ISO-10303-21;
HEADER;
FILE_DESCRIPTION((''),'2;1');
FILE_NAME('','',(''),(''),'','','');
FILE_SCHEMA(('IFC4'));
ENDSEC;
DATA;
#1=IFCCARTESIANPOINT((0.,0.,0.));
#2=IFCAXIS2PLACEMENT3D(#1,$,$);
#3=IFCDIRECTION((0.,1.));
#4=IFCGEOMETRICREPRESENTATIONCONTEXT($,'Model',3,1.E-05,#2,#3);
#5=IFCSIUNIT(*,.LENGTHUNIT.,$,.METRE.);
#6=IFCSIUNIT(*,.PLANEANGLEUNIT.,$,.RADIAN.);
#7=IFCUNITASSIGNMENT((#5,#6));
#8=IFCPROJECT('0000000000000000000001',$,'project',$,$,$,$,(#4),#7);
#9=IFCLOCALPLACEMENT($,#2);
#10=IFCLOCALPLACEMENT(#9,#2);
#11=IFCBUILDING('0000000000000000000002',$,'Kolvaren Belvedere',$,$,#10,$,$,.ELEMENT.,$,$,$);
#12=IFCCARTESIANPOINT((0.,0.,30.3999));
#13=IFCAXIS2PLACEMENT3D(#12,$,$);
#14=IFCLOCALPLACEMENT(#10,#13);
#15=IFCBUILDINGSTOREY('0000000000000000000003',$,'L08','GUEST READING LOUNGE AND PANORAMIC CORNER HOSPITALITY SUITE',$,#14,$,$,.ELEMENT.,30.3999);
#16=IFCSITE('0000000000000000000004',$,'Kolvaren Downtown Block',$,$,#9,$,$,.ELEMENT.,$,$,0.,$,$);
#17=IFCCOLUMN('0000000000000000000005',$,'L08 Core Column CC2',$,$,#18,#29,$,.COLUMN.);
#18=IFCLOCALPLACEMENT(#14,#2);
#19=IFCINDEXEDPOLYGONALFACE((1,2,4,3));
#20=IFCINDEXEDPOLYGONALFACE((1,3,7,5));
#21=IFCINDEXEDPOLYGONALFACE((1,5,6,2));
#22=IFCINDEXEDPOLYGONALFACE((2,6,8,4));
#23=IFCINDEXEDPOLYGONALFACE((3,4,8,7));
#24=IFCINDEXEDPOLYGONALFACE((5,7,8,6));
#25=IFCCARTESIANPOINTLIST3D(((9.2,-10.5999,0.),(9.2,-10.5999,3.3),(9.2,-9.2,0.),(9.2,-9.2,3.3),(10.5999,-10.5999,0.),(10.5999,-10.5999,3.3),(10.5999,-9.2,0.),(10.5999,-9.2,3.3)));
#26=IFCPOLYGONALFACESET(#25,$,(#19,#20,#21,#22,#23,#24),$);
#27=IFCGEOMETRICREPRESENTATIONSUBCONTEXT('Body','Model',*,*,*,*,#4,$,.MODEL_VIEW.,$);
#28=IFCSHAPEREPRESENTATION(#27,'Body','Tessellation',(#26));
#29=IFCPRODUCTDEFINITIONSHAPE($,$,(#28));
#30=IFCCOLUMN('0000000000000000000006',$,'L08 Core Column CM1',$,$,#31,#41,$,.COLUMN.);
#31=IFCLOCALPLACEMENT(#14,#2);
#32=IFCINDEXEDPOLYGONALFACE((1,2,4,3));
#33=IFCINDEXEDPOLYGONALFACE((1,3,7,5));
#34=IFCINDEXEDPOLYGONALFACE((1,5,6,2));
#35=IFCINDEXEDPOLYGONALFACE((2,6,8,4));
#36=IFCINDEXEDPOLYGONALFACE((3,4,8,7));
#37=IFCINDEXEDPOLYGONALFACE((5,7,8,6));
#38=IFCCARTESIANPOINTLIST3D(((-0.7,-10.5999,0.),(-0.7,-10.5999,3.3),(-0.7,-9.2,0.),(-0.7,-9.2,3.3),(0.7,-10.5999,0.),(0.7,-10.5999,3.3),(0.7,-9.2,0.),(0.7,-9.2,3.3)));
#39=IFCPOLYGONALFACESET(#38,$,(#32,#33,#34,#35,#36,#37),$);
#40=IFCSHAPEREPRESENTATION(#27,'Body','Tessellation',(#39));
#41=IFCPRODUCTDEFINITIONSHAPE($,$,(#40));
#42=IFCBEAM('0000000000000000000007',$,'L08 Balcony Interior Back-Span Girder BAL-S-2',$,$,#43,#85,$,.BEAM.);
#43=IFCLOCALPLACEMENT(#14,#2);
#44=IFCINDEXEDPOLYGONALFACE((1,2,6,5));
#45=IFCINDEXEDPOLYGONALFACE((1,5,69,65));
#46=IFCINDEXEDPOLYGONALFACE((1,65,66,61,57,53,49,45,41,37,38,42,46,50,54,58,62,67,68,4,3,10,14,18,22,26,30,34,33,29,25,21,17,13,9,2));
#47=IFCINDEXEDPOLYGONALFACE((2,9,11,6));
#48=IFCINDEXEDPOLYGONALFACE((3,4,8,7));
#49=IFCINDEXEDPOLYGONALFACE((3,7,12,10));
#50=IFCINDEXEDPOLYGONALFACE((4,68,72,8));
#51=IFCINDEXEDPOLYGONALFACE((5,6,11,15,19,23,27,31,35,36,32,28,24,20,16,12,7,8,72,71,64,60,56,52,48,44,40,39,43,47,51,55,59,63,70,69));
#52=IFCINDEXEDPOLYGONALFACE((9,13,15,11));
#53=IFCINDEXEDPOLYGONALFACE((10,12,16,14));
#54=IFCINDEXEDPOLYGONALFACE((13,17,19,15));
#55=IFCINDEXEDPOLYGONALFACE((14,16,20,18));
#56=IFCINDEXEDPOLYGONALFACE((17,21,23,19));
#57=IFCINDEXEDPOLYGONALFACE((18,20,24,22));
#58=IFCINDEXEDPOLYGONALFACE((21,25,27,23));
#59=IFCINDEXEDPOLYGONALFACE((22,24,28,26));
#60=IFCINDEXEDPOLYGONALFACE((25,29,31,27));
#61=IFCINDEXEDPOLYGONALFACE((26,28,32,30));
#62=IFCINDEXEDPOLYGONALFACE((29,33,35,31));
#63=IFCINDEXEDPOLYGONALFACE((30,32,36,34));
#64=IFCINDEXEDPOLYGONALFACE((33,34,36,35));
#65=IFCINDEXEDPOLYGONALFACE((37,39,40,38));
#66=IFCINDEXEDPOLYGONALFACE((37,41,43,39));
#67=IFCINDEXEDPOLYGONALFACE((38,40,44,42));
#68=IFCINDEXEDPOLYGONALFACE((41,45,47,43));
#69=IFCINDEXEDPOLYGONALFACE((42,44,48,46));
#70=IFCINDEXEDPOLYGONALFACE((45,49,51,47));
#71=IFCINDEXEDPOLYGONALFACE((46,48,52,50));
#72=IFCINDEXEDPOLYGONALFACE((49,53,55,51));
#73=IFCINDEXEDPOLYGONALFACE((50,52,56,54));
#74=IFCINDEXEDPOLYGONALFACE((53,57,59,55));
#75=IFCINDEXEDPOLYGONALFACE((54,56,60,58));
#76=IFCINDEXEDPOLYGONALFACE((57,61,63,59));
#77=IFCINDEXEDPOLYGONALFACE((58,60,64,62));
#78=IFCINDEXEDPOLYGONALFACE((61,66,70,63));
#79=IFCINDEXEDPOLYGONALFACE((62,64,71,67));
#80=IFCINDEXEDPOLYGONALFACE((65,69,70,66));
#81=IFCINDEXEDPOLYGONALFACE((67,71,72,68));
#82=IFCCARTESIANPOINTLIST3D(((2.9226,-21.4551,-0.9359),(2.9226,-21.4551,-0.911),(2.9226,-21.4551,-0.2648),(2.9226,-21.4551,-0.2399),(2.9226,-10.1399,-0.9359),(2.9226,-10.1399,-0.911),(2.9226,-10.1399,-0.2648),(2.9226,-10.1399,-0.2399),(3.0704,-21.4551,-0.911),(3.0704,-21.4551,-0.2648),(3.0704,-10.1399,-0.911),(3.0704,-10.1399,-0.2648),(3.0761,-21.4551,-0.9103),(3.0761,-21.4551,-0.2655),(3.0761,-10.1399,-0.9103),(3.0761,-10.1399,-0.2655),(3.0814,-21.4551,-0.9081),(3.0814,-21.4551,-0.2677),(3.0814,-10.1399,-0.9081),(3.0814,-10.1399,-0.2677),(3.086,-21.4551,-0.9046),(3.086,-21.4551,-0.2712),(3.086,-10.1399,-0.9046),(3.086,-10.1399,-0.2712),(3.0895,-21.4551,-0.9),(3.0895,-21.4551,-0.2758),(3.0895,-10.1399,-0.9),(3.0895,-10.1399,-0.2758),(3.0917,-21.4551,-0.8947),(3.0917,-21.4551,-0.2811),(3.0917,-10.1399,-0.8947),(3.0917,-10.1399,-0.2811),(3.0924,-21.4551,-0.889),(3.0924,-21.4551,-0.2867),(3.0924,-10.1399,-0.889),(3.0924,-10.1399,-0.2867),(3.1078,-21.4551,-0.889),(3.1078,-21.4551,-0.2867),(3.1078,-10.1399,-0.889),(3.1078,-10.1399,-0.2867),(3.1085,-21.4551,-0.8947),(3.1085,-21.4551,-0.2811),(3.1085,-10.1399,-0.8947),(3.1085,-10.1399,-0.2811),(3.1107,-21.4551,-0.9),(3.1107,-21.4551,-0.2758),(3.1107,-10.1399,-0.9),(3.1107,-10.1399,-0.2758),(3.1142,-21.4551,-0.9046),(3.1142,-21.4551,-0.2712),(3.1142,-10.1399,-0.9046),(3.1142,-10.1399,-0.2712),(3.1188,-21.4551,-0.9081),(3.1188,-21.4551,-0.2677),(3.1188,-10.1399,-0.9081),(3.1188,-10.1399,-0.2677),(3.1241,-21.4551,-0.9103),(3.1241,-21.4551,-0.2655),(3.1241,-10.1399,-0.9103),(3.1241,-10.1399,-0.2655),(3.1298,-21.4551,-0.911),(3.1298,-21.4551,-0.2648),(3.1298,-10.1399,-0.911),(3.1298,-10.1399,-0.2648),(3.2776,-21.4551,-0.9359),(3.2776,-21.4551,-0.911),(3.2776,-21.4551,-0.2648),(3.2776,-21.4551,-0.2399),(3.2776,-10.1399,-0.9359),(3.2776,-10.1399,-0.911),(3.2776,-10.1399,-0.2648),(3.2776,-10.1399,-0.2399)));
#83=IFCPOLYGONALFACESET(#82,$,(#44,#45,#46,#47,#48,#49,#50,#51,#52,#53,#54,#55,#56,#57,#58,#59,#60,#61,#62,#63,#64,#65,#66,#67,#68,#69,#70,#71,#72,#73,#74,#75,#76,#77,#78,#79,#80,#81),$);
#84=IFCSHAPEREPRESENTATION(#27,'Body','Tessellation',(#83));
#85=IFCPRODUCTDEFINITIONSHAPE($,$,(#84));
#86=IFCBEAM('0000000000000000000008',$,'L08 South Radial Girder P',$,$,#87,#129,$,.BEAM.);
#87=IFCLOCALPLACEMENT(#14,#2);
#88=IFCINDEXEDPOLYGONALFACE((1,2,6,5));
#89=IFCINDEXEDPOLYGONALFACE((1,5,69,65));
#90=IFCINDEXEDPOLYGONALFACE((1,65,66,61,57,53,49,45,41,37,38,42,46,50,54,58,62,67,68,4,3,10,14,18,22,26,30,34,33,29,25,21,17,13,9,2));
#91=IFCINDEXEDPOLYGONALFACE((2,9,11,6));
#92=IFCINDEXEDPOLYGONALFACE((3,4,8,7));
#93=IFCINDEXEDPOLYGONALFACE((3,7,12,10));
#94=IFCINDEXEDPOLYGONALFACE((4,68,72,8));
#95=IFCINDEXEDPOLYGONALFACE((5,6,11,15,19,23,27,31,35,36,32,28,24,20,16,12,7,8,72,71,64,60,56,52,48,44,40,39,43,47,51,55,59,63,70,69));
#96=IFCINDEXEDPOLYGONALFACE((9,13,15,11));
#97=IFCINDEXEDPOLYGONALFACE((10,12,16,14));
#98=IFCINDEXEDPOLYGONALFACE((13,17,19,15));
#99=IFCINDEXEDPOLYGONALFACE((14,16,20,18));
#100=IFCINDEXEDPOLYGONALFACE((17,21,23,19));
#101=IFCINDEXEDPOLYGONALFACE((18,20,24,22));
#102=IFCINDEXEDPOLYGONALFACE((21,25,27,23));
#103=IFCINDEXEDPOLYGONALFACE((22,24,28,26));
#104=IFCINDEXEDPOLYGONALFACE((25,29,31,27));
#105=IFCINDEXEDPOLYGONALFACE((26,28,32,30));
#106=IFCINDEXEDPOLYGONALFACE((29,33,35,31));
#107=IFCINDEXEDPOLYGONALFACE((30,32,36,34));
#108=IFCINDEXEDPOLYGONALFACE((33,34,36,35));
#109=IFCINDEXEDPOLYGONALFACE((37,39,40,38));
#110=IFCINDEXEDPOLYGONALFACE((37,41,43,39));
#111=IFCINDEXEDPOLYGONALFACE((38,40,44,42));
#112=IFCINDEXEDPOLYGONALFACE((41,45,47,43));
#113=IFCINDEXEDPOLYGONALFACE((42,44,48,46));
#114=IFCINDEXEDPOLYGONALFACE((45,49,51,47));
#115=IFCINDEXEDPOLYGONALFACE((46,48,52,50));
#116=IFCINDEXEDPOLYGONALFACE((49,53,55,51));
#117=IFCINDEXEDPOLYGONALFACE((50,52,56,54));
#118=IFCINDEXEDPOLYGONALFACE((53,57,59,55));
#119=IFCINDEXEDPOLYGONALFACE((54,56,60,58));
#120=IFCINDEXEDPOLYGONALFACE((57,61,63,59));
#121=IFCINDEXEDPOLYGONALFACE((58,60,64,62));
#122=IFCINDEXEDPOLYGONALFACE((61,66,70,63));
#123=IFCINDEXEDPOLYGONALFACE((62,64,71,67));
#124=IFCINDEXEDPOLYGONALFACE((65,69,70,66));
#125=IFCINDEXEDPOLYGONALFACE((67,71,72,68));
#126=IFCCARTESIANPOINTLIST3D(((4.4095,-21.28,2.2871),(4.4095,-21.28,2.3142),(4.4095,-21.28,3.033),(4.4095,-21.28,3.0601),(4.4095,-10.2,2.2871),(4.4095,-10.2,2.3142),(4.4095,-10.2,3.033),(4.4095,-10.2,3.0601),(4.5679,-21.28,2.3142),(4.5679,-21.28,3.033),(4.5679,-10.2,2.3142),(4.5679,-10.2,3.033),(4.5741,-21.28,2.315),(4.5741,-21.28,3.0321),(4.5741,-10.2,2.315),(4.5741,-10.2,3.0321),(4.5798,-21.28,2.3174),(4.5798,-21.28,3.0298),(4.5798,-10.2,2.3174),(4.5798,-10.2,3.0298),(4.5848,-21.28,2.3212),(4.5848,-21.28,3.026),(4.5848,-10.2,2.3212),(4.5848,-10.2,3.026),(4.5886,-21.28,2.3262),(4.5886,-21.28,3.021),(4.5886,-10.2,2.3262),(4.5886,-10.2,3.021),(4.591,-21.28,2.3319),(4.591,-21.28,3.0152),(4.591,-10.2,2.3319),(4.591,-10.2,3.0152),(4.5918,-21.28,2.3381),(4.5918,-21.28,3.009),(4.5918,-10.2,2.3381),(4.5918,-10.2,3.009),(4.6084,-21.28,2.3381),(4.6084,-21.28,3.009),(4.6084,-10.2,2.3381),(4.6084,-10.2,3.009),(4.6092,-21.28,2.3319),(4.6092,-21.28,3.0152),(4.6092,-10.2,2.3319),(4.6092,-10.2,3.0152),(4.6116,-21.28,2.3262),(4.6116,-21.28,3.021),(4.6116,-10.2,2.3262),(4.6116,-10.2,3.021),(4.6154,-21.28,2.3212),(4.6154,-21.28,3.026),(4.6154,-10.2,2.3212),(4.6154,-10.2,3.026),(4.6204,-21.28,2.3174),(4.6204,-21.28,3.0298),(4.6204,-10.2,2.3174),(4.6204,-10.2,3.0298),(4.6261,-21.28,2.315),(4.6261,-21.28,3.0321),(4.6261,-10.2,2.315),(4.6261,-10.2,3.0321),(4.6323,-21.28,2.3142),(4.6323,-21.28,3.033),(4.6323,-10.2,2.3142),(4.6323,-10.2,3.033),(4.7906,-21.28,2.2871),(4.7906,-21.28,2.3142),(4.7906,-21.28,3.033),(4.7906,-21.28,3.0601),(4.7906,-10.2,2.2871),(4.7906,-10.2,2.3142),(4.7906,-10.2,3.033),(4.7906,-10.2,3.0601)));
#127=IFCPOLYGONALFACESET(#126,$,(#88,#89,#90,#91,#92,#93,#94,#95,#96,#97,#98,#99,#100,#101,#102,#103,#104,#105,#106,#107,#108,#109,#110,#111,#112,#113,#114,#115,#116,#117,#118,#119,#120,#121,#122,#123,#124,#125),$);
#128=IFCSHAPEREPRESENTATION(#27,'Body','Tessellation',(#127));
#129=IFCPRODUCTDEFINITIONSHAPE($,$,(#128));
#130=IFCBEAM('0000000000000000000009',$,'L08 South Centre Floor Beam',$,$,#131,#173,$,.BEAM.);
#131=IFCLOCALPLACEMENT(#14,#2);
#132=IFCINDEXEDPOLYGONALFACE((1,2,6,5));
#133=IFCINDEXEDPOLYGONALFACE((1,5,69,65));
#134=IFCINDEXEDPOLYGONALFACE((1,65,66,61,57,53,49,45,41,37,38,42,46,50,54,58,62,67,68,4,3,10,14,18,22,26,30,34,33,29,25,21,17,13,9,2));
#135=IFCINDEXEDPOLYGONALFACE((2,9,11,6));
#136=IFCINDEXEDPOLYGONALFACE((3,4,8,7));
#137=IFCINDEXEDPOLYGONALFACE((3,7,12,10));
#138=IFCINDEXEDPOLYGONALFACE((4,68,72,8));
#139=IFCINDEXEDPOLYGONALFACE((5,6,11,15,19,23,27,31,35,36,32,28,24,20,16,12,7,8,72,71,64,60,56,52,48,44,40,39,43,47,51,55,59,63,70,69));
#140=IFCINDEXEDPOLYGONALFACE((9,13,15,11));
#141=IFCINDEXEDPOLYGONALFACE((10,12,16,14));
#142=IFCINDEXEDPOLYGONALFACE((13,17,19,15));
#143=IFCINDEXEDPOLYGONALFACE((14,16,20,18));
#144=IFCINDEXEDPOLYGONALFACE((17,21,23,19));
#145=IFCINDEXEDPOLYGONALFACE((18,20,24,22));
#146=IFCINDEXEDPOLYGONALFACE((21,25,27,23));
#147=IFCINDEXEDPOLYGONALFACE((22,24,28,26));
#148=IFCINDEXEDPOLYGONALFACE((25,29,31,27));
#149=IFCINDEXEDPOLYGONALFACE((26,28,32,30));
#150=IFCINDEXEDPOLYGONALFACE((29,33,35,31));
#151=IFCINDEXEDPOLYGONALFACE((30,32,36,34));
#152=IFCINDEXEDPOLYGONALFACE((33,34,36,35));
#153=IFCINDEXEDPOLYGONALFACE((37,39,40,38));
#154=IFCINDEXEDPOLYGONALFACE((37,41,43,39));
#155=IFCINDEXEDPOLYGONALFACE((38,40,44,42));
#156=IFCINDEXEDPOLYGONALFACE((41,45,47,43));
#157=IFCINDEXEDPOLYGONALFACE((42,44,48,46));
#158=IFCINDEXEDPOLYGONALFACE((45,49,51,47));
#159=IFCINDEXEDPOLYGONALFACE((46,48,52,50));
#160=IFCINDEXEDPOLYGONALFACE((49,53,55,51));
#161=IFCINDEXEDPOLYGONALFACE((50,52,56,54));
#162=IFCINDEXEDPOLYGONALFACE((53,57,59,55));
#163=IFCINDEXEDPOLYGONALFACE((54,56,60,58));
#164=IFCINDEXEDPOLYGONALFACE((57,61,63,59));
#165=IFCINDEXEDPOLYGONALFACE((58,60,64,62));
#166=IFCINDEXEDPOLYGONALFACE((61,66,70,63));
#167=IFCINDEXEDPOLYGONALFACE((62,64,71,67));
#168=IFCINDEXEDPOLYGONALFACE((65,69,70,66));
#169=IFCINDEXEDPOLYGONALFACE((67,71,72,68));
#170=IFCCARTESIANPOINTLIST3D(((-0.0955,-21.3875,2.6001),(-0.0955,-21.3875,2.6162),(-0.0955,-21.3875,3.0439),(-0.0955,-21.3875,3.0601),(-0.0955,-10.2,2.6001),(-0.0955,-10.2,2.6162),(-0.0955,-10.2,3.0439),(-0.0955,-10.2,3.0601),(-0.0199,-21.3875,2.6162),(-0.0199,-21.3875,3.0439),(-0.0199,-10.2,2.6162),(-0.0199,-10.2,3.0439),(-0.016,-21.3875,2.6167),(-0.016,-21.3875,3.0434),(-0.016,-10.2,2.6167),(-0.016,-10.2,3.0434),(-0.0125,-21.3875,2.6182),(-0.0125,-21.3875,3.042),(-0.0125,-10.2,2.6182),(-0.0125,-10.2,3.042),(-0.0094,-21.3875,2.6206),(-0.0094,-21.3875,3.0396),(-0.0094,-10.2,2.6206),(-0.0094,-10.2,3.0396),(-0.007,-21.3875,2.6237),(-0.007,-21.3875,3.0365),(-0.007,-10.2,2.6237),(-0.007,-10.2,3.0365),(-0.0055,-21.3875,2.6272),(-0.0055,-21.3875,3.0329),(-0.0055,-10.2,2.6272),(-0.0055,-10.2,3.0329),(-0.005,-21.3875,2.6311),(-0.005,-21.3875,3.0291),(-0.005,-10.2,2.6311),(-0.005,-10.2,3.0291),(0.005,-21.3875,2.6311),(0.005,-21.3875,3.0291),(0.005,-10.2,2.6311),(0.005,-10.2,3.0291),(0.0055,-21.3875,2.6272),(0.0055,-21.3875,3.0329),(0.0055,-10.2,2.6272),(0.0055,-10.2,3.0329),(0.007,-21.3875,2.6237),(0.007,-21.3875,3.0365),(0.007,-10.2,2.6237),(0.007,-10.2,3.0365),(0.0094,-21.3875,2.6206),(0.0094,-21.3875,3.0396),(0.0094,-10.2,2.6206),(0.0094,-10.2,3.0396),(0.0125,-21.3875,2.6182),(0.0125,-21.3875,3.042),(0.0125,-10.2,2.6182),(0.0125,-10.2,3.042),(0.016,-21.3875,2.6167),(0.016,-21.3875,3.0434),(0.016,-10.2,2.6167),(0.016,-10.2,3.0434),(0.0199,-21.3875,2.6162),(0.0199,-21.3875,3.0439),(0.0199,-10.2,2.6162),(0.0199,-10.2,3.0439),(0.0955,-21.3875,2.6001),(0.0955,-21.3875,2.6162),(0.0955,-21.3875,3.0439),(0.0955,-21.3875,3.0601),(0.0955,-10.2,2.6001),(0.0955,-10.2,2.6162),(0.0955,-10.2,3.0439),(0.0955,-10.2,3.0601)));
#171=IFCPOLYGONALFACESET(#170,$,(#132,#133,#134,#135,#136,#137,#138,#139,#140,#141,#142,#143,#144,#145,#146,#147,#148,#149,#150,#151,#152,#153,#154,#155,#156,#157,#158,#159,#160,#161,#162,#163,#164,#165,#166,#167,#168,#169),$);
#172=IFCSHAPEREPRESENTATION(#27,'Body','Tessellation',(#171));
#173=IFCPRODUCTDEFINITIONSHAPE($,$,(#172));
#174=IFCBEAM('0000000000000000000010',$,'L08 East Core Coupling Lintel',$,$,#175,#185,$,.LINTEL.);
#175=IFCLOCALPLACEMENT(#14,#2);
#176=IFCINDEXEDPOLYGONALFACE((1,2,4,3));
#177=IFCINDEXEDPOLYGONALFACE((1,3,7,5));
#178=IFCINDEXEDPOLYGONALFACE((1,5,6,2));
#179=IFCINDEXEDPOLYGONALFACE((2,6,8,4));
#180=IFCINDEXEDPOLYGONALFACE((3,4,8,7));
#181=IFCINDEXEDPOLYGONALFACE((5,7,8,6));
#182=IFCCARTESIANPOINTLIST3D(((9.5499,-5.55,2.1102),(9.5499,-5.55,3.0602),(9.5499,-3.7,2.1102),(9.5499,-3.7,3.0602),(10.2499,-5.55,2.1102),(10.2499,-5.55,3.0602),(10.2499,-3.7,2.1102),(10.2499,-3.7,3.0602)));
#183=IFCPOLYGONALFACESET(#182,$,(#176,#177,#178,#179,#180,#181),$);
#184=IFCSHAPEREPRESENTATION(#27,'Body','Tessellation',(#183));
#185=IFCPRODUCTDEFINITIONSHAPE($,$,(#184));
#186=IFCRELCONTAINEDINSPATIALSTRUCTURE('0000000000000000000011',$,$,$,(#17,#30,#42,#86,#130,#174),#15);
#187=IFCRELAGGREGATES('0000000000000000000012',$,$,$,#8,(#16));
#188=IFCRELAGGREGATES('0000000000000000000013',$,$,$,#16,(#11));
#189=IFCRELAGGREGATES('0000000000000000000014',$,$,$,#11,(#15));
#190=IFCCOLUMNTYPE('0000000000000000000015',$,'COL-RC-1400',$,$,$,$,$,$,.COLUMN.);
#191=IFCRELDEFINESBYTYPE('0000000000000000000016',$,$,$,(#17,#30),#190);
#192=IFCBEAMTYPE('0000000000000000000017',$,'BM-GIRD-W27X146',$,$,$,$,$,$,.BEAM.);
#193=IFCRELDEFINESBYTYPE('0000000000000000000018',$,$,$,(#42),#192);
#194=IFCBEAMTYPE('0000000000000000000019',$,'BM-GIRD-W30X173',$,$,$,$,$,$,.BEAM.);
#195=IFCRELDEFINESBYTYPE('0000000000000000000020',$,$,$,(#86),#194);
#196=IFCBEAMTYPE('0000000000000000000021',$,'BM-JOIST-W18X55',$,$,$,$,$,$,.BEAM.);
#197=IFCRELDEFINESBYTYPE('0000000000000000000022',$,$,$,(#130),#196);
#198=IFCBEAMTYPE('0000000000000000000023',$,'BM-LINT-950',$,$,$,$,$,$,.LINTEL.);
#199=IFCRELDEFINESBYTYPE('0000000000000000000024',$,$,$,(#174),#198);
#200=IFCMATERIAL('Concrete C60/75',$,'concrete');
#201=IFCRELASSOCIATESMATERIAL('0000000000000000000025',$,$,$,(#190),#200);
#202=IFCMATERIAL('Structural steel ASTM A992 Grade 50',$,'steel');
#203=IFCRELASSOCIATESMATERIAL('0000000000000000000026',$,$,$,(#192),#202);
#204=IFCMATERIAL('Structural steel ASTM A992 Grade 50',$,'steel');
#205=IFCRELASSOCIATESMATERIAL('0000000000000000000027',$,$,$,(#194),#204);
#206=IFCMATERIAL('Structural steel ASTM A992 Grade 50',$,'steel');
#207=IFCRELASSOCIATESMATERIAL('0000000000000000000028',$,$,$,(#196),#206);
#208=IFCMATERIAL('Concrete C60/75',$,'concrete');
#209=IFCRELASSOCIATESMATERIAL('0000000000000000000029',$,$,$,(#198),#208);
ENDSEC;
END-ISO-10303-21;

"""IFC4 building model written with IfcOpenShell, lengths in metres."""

from ifc_helpers import new_model, si_unit, direction, frame, origin, origin_2d, place, context, subcontext, project, spatial, rectangle, i_section, extrude, material, material_profile, profile_set, type_object, element, save


model = new_model("IFC4")

# Units and contexts
model_context = context("Model", 3, precision=1e-05, world=origin(), true_north=direction((0.0, 1.0)))
body_context = subcontext(model_context, "Body", "Model", "MODEL_VIEW")
ifc_project = project(units=[si_unit("LENGTHUNIT", "METRE"), si_unit("PLANEANGLEUNIT", "RADIAN")], contexts=[model_context])

# Site, building, storey
site_placement = place(None, origin())
site = spatial("IfcSite", under=ifc_project, at=site_placement, Name="Kolvaren Downtown Block", CompositionType="ELEMENT", RefElevation=0.0)
building_placement = place(site_placement, origin())
building = spatial("IfcBuilding", under=site, at=building_placement, Name="Kolvaren Belvedere", CompositionType="ELEMENT")
storey_placement = place(building_placement, frame((0.0, 0.0, 30.3999)))
storey = spatial("IfcBuildingStorey", under=building, at=storey_placement, Name="L08", Description="GUEST READING LOUNGE AND PANORAMIC CORNER HOSPITALITY SUITE", CompositionType="ELEMENT", Elevation=30.3999)

# Columns
ifc_material_1 = material(Name="Concrete C60/75", Category="concrete")
ifc_material_profile_1 = material_profile(ifc_material_1, rectangle(XDim=1.3999, YDim=1.3999, at=origin_2d()), Name="RC 1400X1400")
ifc_profile_set_1 = profile_set([ifc_material_profile_1], Name="Concrete C60/75")
column_type = type_object("IfcColumnType", Name="COL-RC-1400", PredefinedType="COLUMN", material=ifc_profile_set_1)
for number, where, z_axis, x_axis, name in (
    (1, (9.8999, -9.8999, 0.0), (0.0, 0.0, 1.0), (1.0, 0.0, 0.0), "L08 Core Column CC2"),
    (2, (0.0, -9.8999, 0.0), (0.0, 0.0, 1.0), (1.0, 0.0, 0.0), "L08 Core Column CM1"),
):
    element("IfcColumn", number, at=place(storey_placement, frame(where, z_axis=z_axis, x_axis=x_axis)), inside=storey, type_object=column_type, Name=name, PredefinedType="COLUMN", context=body_context, shape_type="SweptSolid", body=[
        extrude(rectangle(XDim=1.3999, YDim=1.3999, at=origin_2d()), origin(), (0.0, 0.0, 1.0), 3.3),
    ])

# Beams
ifc_material_2 = material(Name="Structural steel ASTM A992 Grade 50", Category="steel")
ifc_material_profile_2 = material_profile(ifc_material_2, i_section(OverallWidth=0.355, OverallDepth=0.696, WebThickness=0.0154, FlangeThickness=0.0249, FilletRadius=0.022, at=origin_2d()), Name="W27X146")
ifc_profile_set_2 = profile_set([ifc_material_profile_2], Name="Structural steel ASTM A992 Grade 50")
beam_type_1 = type_object("IfcBeamType", Name="BM-GIRD-W27X146", PredefinedType="BEAM", material=ifc_profile_set_2)
beam_1_placement = place(storey_placement, frame((3.1001, -10.1399, -0.5879), z_axis=(0.0, -1.0, 0.0), x_axis=(1.0, 0.0, 0.0)))
element("IfcBeam", 3, at=beam_1_placement, inside=storey, type_object=beam_type_1, Name="L08 Balcony Interior Back-Span Girder BAL-S-2", PredefinedType="BEAM", context=body_context, shape_type="SweptSolid", body=[
    extrude(i_section(OverallWidth=0.355, OverallDepth=0.696, WebThickness=0.0154, FlangeThickness=0.0249, FilletRadius=0.022, at=origin_2d()), origin(), (0.0, 0.0, 1.0), 11.3152),
])
ifc_material_3 = material(Name="Structural steel ASTM A992 Grade 50", Category="steel")
ifc_material_profile_3 = material_profile(ifc_material_3, i_section(OverallWidth=0.3811, OverallDepth=0.7729, WebThickness=0.0166, FlangeThickness=0.0271, FilletRadius=0.0239, at=origin_2d()), Name="W30X173")
ifc_profile_set_3 = profile_set([ifc_material_profile_3], Name="Structural steel ASTM A992 Grade 50")
beam_type_2 = type_object("IfcBeamType", Name="BM-GIRD-W30X173", PredefinedType="BEAM", material=ifc_profile_set_3)
beam_2_placement = place(storey_placement, frame((4.6001, -10.2, 2.6736), z_axis=(0.0, -1.0, 0.0), x_axis=(1.0, 0.0, 0.0)))
element("IfcBeam", 4, at=beam_2_placement, inside=storey, type_object=beam_type_2, Name="L08 South Radial Girder P", PredefinedType="BEAM", context=body_context, shape_type="SweptSolid", body=[
    extrude(i_section(OverallWidth=0.3811, OverallDepth=0.7729, WebThickness=0.0166, FlangeThickness=0.0271, FilletRadius=0.0239, at=origin_2d()), origin(), (0.0, 0.0, 1.0), 11.0801),
])
ifc_material_4 = material(Name="Structural steel ASTM A992 Grade 50", Category="steel")
ifc_material_profile_4 = material_profile(ifc_material_4, i_section(OverallWidth=0.1909, OverallDepth=0.46, WebThickness=0.01, FlangeThickness=0.0161, FilletRadius=0.0149, at=origin_2d()), Name="W18X55")
ifc_profile_set_4 = profile_set([ifc_material_profile_4], Name="Structural steel ASTM A992 Grade 50")
beam_type_3 = type_object("IfcBeamType", Name="BM-JOIST-W18X55", PredefinedType="BEAM", material=ifc_profile_set_4)
beam_3_placement = place(storey_placement, frame((0.0, -10.2, 2.8301), z_axis=(0.0, -1.0, 0.0), x_axis=(1.0, 0.0, 0.0)))
element("IfcBeam", 5, at=beam_3_placement, inside=storey, type_object=beam_type_3, Name="L08 South Centre Floor Beam", PredefinedType="BEAM", context=body_context, shape_type="SweptSolid", body=[
    extrude(i_section(OverallWidth=0.1909, OverallDepth=0.46, WebThickness=0.01, FlangeThickness=0.0161, FilletRadius=0.0149, at=origin_2d()), origin(), (0.0, 0.0, 1.0), 11.1875),
])
ifc_material_5 = material(Name="Concrete C60/75", Category="concrete")
ifc_material_profile_5 = material_profile(ifc_material_5, rectangle(XDim=0.7, YDim=0.95, at=origin_2d()), Name="RC 700X950")
ifc_profile_set_5 = profile_set([ifc_material_profile_5], Name="Concrete C60/75")
beam_type_4 = type_object("IfcBeamType", Name="BM-LINT-950", PredefinedType="LINTEL", material=ifc_profile_set_5)
beam_4_placement = place(storey_placement, frame((9.8999, -5.55, 2.5852), z_axis=(0.0, 1.0, 0.0), x_axis=(-1.0, 0.0, 0.0)))
element("IfcBeam", 6, at=beam_4_placement, inside=storey, type_object=beam_type_4, Name="L08 East Core Coupling Lintel", PredefinedType="LINTEL", context=body_context, shape_type="SweptSolid", body=[
    extrude(rectangle(XDim=0.7, YDim=0.95, at=origin_2d()), origin(), (0.0, 0.0, 1.0), 1.8501),
])

save(model, "model.ifc")
